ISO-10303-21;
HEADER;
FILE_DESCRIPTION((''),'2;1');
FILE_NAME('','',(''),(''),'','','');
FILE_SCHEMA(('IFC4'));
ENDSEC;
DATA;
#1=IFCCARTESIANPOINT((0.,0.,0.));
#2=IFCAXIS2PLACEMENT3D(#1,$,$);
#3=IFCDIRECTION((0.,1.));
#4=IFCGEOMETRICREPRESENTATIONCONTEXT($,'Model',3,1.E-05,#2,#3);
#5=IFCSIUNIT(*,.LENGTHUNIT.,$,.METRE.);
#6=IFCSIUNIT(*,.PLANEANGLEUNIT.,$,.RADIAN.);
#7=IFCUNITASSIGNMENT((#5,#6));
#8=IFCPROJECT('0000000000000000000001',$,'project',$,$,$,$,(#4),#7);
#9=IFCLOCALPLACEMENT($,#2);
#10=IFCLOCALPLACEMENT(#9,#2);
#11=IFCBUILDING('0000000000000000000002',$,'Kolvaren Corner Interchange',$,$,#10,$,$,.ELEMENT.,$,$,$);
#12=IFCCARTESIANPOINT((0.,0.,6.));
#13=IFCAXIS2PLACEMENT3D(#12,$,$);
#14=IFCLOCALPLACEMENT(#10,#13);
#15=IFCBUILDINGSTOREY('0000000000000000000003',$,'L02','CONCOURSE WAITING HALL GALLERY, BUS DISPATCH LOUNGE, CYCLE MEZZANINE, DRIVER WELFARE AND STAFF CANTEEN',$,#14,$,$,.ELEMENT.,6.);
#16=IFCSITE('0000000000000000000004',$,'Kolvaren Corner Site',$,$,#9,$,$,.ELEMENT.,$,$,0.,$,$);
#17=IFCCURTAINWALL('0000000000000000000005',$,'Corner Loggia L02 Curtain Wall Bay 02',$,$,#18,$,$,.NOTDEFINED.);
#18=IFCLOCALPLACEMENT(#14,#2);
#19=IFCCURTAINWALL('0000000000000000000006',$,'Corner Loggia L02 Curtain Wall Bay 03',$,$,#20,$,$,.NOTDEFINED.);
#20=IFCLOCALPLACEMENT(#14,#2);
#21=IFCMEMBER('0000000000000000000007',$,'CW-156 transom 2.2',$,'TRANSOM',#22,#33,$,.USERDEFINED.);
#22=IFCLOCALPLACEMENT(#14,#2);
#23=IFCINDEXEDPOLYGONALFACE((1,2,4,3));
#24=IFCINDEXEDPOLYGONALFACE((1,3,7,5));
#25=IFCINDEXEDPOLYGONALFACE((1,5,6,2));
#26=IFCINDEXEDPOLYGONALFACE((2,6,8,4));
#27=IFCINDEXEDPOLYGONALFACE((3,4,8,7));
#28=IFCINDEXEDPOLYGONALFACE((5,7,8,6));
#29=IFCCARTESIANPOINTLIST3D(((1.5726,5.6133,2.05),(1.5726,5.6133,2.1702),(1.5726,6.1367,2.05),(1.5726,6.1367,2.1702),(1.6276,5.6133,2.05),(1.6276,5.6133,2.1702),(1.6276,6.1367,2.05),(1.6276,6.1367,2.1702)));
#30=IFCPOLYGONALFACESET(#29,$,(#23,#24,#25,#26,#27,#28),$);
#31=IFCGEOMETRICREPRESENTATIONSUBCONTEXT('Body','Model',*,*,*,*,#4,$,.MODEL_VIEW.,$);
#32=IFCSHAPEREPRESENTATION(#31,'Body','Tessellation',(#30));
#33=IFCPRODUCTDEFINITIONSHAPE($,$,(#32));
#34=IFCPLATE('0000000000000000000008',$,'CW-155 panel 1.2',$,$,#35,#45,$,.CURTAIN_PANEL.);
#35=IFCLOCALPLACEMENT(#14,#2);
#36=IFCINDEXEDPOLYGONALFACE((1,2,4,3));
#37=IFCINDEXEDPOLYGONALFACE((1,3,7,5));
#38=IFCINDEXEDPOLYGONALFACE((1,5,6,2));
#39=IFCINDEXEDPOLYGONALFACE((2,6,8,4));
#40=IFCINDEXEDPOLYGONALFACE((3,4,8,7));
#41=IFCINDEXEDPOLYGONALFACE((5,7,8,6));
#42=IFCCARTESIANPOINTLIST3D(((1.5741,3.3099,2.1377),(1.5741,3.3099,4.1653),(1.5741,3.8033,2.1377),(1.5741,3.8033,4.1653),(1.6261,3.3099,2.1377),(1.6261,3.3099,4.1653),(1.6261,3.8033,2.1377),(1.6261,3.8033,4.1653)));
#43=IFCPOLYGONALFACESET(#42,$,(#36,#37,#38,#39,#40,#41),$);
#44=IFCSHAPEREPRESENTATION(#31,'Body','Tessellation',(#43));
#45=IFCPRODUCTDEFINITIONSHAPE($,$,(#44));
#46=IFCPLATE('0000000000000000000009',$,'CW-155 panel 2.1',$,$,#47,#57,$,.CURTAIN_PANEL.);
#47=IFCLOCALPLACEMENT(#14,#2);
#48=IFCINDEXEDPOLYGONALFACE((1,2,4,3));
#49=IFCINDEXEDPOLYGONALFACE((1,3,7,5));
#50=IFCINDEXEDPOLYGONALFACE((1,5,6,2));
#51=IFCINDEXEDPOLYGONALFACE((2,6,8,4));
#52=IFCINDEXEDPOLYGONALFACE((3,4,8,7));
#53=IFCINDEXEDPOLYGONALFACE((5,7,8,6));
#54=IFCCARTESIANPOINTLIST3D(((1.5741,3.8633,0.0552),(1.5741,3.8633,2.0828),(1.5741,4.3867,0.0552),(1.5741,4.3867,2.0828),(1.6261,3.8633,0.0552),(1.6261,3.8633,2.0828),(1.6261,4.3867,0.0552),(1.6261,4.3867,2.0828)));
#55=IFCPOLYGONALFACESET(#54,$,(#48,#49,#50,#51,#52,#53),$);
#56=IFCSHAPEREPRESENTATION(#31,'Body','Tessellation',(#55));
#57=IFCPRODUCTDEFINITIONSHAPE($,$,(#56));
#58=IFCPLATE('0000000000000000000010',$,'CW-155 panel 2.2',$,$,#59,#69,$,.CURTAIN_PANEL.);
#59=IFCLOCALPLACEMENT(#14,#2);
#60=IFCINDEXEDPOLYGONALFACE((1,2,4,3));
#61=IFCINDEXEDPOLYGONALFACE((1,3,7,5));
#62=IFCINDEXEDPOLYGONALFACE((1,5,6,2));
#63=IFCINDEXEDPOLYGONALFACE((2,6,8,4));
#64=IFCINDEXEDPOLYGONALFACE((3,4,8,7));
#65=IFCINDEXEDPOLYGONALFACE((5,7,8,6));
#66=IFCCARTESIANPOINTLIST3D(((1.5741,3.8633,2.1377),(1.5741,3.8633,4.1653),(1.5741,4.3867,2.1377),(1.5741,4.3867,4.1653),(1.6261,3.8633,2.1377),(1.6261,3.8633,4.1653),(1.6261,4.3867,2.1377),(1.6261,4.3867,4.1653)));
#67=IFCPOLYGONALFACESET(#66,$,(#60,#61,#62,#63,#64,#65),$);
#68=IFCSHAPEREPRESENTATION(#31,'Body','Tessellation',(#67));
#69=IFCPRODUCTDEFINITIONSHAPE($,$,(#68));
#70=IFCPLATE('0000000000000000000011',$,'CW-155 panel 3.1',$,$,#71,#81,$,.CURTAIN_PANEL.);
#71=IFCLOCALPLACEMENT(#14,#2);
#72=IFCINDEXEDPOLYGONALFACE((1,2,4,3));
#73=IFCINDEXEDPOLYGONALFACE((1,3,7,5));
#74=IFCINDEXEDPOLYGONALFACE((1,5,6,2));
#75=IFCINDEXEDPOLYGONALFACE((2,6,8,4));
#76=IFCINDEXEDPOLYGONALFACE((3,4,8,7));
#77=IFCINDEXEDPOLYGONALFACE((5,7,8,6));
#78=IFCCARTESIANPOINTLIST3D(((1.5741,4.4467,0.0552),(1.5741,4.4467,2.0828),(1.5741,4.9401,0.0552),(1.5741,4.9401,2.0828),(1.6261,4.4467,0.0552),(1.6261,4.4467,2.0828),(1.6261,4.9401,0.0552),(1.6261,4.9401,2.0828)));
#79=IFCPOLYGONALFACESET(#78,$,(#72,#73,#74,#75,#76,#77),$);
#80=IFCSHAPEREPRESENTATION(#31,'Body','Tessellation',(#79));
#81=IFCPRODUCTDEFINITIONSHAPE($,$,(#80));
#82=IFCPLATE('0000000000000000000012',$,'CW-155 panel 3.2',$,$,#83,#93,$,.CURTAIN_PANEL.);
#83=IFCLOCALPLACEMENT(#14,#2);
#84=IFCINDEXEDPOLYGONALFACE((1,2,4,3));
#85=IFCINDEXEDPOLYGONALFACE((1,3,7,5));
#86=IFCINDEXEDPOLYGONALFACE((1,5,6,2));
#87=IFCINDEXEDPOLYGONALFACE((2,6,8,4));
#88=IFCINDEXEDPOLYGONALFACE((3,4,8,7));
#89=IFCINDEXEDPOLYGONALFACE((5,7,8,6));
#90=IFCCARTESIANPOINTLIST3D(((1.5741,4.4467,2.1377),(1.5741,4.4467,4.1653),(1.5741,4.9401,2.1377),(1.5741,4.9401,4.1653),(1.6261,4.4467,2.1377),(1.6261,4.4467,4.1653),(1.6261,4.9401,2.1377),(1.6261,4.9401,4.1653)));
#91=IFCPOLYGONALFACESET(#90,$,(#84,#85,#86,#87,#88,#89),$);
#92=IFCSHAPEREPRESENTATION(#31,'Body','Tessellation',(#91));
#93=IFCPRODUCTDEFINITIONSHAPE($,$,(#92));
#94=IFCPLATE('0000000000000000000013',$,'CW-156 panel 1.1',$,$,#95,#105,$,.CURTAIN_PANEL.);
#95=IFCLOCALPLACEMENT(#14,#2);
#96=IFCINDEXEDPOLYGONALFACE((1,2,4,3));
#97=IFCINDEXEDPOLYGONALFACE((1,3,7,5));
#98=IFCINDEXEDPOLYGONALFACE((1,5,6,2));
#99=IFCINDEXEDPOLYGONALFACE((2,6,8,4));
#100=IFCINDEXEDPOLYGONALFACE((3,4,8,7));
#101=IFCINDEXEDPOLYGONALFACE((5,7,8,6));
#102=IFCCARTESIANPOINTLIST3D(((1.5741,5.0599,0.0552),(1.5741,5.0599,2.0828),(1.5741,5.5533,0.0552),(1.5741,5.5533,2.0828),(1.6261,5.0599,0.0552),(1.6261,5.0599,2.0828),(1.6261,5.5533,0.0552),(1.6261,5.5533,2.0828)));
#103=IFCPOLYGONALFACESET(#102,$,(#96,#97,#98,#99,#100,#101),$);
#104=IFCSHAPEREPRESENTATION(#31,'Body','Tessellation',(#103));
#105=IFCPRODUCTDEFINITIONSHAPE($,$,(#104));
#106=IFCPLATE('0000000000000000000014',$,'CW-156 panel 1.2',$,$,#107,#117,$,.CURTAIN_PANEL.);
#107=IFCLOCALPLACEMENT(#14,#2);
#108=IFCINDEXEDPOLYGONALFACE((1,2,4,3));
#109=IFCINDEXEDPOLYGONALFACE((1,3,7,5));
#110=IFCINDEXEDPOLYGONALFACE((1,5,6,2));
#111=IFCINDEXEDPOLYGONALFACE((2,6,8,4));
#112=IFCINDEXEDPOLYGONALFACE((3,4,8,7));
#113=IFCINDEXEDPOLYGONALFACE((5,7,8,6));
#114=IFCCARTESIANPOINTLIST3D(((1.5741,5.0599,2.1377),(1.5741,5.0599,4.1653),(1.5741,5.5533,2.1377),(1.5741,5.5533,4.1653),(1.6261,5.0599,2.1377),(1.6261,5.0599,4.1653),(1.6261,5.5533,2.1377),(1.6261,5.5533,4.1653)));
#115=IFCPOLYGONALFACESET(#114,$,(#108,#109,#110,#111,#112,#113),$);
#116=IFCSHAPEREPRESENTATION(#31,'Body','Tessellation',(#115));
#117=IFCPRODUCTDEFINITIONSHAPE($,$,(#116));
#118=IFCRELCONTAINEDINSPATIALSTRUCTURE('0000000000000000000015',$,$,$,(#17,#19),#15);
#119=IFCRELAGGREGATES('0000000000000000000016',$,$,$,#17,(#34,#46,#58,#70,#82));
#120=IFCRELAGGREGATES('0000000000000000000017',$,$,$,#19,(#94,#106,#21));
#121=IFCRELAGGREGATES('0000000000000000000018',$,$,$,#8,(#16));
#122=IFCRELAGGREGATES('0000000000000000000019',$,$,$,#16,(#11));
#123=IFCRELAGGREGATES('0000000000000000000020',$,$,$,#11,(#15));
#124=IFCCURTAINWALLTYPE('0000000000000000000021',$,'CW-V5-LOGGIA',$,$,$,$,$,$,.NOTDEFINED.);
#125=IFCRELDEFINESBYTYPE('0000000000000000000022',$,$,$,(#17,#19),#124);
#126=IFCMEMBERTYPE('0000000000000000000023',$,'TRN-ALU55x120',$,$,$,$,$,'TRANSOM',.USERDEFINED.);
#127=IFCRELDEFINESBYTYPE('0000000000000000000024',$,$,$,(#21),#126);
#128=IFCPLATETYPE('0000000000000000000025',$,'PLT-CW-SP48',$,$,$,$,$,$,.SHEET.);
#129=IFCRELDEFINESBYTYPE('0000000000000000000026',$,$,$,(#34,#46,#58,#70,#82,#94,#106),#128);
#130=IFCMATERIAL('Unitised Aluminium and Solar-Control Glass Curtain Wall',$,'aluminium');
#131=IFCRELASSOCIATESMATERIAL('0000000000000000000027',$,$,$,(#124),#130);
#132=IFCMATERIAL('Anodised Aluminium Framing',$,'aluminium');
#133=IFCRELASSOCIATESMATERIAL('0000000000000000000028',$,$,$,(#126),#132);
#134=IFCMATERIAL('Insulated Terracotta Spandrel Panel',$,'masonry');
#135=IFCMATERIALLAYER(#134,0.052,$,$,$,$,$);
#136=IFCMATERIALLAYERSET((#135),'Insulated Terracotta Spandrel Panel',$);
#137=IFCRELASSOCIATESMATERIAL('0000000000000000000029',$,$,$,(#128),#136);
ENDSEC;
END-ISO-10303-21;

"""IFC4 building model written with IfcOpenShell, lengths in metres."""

from ifc_helpers import new_model, si_unit, direction, frame, origin, origin_2d, place, context, subcontext, project, spatial, rectangle, extrude, material, layer, layer_set, material_profile, profile_set, type_object, element, aggregate, save


model = new_model("IFC4")

# Units and contexts
model_context = context("Model", 3, precision=1e-05, world=origin(), true_north=direction((0.0, 1.0)))
body_context = subcontext(model_context, "Body", "Model", "MODEL_VIEW")
ifc_project = project(units=[si_unit("LENGTHUNIT", "METRE"), si_unit("PLANEANGLEUNIT", "RADIAN")], contexts=[model_context])

# Site, building, storey
site_placement = place(None, origin())
site = spatial("IfcSite", under=ifc_project, at=site_placement, Name="Kolvaren Corner Site", CompositionType="ELEMENT", RefElevation=0.0)
building_placement = place(site_placement, origin())
building = spatial("IfcBuilding", under=site, at=building_placement, Name="Kolvaren Corner Interchange", CompositionType="ELEMENT")
storey_placement = place(building_placement, frame((0.0, 0.0, 6.0)))
storey = spatial("IfcBuildingStorey", under=building, at=storey_placement, Name="L02", Description="CONCOURSE WAITING HALL GALLERY, BUS DISPATCH LOUNGE, CYCLE MEZZANINE, DRIVER WELFARE AND STAFF CANTEEN", CompositionType="ELEMENT", Elevation=6.0)

# Curtain walls
ifc_material_1 = material(Name="Unitised Aluminium and Solar-Control Glass Curtain Wall", Category="aluminium")
curtain_wall_type = type_object("IfcCurtainWallType", Name="CW-V5-LOGGIA", PredefinedType="NOTDEFINED", material=ifc_material_1)
curtain_wall_1_placement = place(storey_placement, origin())
curtain_wall_1 = element("IfcCurtainWall", 1, at=curtain_wall_1_placement, inside=storey, type_object=curtain_wall_type, Name="Corner Loggia L02 Curtain Wall Bay 02", PredefinedType="NOTDEFINED")
curtain_wall_2_placement = place(storey_placement, origin())
curtain_wall_2 = element("IfcCurtainWall", 2, at=curtain_wall_2_placement, inside=storey, type_object=curtain_wall_type, Name="Corner Loggia L02 Curtain Wall Bay 03", PredefinedType="NOTDEFINED")

# Member
ifc_material_2 = material(Name="Anodised Aluminium Framing", Category="aluminium")
ifc_material_profile_1 = material_profile(ifc_material_2, rectangle(XDim=0.0549, YDim=0.1201, at=origin_2d()), Name="ALU 55x120")
ifc_profile_set_1 = profile_set([ifc_material_profile_1], Name="Anodised Aluminium Framing")
member_type_1 = type_object("IfcMemberType", Name="TRN-ALU55x120", ElementType="TRANSOM", PredefinedType="USERDEFINED", material=ifc_profile_set_1)
member_1_placement = place(storey_placement, frame((1.6001, 5.6133, 2.1101), z_axis=(0.0, 1.0, 0.0), x_axis=(-1.0, 0.0, 0.0)))
member_1 = element("IfcMember", 3, at=member_1_placement, type_object=member_type_1, Name="CW-156 transom 2.2", ObjectType="TRANSOM", PredefinedType="USERDEFINED", context=body_context, shape_type="SweptSolid", body=[
    extrude(rectangle(XDim=0.0549, YDim=0.1201, at=origin_2d()), origin(), (0.0, 0.0, 1.0), 0.5234),
])

# Plates
ifc_material_3 = material(Name="Insulated Terracotta Spandrel Panel", Category="masonry")
ifc_layer = layer(ifc_material_3, 0.052)
ifc_layer_set = layer_set([ifc_layer], Name="Insulated Terracotta Spandrel Panel")
plate_type = type_object("IfcPlateType", Name="PLT-CW-SP48", PredefinedType="SHEET", material=ifc_layer_set)
plate_1_placement = place(storey_placement, frame((1.6001, 3.5566, 2.1377), z_axis=(0.0, 0.0, 1.0), x_axis=(0.0, 1.0, 0.0)))
plate_1 = element("IfcPlate", 4, at=plate_1_placement, type_object=plate_type, Name="CW-155 panel 1.2", PredefinedType="CURTAIN_PANEL", context=body_context, shape_type="SweptSolid", body=[
    extrude(rectangle(XDim=0.4934, YDim=0.052, at=origin_2d()), origin(), (0.0, 0.0, 1.0), 2.0276),
])
plate_2_placement = place(storey_placement, frame((1.6001, 4.125, 0.0552), z_axis=(0.0, 0.0, 1.0), x_axis=(0.0, 1.0, 0.0)))
plate_2 = element("IfcPlate", 5, at=plate_2_placement, type_object=plate_type, Name="CW-155 panel 2.1", PredefinedType="CURTAIN_PANEL", context=body_context, shape_type="SweptSolid", body=[
    extrude(rectangle(XDim=0.5234, YDim=0.052, at=origin_2d()), origin(), (0.0, 0.0, 1.0), 2.0276),
])
plate_3_placement = place(storey_placement, frame((1.6001, 4.125, 2.1377), z_axis=(0.0, 0.0, 1.0), x_axis=(0.0, 1.0, 0.0)))
plate_3 = element("IfcPlate", 6, at=plate_3_placement, type_object=plate_type, Name="CW-155 panel 2.2", PredefinedType="CURTAIN_PANEL", context=body_context, shape_type="SweptSolid", body=[
    extrude(rectangle(XDim=0.5234, YDim=0.052, at=origin_2d()), origin(), (0.0, 0.0, 1.0), 2.0276),
])
plate_4_placement = place(storey_placement, frame((1.6001, 4.6934, 0.0552), z_axis=(0.0, 0.0, 1.0), x_axis=(0.0, 1.0, 0.0)))
plate_4 = element("IfcPlate", 7, at=plate_4_placement, type_object=plate_type, Name="CW-155 panel 3.1", PredefinedType="CURTAIN_PANEL", context=body_context, shape_type="SweptSolid", body=[
    extrude(rectangle(XDim=0.4934, YDim=0.052, at=origin_2d()), origin(), (0.0, 0.0, 1.0), 2.0276),
])
plate_5_placement = place(storey_placement, frame((1.6001, 4.6934, 2.1377), z_axis=(0.0, 0.0, 1.0), x_axis=(0.0, 1.0, 0.0)))
plate_5 = element("IfcPlate", 8, at=plate_5_placement, type_object=plate_type, Name="CW-155 panel 3.2", PredefinedType="CURTAIN_PANEL", context=body_context, shape_type="SweptSolid", body=[
    extrude(rectangle(XDim=0.4934, YDim=0.052, at=origin_2d()), origin(), (0.0, 0.0, 1.0), 2.0276),
])
aggregate(curtain_wall_1, [plate_1, plate_2, plate_3, plate_4, plate_5])
plate_6_placement = place(storey_placement, frame((1.6001, 5.3066, 0.0552), z_axis=(0.0, 0.0, 1.0), x_axis=(0.0, 1.0, 0.0)))
plate_6 = element("IfcPlate", 9, at=plate_6_placement, type_object=plate_type, Name="CW-156 panel 1.1", PredefinedType="CURTAIN_PANEL", context=body_context, shape_type="SweptSolid", body=[
    extrude(rectangle(XDim=0.4934, YDim=0.052, at=origin_2d()), origin(), (0.0, 0.0, 1.0), 2.0276),
])
plate_7_placement = place(storey_placement, frame((1.6001, 5.3066, 2.1377), z_axis=(0.0, 0.0, 1.0), x_axis=(0.0, 1.0, 0.0)))
plate_7 = element("IfcPlate", 10, at=plate_7_placement, type_object=plate_type, Name="CW-156 panel 1.2", PredefinedType="CURTAIN_PANEL", context=body_context, shape_type="SweptSolid", body=[
    extrude(rectangle(XDim=0.4934, YDim=0.052, at=origin_2d()), origin(), (0.0, 0.0, 1.0), 2.0276),
])
aggregate(curtain_wall_2, [plate_6, plate_7, member_1])

save(model, "model.ifc")
